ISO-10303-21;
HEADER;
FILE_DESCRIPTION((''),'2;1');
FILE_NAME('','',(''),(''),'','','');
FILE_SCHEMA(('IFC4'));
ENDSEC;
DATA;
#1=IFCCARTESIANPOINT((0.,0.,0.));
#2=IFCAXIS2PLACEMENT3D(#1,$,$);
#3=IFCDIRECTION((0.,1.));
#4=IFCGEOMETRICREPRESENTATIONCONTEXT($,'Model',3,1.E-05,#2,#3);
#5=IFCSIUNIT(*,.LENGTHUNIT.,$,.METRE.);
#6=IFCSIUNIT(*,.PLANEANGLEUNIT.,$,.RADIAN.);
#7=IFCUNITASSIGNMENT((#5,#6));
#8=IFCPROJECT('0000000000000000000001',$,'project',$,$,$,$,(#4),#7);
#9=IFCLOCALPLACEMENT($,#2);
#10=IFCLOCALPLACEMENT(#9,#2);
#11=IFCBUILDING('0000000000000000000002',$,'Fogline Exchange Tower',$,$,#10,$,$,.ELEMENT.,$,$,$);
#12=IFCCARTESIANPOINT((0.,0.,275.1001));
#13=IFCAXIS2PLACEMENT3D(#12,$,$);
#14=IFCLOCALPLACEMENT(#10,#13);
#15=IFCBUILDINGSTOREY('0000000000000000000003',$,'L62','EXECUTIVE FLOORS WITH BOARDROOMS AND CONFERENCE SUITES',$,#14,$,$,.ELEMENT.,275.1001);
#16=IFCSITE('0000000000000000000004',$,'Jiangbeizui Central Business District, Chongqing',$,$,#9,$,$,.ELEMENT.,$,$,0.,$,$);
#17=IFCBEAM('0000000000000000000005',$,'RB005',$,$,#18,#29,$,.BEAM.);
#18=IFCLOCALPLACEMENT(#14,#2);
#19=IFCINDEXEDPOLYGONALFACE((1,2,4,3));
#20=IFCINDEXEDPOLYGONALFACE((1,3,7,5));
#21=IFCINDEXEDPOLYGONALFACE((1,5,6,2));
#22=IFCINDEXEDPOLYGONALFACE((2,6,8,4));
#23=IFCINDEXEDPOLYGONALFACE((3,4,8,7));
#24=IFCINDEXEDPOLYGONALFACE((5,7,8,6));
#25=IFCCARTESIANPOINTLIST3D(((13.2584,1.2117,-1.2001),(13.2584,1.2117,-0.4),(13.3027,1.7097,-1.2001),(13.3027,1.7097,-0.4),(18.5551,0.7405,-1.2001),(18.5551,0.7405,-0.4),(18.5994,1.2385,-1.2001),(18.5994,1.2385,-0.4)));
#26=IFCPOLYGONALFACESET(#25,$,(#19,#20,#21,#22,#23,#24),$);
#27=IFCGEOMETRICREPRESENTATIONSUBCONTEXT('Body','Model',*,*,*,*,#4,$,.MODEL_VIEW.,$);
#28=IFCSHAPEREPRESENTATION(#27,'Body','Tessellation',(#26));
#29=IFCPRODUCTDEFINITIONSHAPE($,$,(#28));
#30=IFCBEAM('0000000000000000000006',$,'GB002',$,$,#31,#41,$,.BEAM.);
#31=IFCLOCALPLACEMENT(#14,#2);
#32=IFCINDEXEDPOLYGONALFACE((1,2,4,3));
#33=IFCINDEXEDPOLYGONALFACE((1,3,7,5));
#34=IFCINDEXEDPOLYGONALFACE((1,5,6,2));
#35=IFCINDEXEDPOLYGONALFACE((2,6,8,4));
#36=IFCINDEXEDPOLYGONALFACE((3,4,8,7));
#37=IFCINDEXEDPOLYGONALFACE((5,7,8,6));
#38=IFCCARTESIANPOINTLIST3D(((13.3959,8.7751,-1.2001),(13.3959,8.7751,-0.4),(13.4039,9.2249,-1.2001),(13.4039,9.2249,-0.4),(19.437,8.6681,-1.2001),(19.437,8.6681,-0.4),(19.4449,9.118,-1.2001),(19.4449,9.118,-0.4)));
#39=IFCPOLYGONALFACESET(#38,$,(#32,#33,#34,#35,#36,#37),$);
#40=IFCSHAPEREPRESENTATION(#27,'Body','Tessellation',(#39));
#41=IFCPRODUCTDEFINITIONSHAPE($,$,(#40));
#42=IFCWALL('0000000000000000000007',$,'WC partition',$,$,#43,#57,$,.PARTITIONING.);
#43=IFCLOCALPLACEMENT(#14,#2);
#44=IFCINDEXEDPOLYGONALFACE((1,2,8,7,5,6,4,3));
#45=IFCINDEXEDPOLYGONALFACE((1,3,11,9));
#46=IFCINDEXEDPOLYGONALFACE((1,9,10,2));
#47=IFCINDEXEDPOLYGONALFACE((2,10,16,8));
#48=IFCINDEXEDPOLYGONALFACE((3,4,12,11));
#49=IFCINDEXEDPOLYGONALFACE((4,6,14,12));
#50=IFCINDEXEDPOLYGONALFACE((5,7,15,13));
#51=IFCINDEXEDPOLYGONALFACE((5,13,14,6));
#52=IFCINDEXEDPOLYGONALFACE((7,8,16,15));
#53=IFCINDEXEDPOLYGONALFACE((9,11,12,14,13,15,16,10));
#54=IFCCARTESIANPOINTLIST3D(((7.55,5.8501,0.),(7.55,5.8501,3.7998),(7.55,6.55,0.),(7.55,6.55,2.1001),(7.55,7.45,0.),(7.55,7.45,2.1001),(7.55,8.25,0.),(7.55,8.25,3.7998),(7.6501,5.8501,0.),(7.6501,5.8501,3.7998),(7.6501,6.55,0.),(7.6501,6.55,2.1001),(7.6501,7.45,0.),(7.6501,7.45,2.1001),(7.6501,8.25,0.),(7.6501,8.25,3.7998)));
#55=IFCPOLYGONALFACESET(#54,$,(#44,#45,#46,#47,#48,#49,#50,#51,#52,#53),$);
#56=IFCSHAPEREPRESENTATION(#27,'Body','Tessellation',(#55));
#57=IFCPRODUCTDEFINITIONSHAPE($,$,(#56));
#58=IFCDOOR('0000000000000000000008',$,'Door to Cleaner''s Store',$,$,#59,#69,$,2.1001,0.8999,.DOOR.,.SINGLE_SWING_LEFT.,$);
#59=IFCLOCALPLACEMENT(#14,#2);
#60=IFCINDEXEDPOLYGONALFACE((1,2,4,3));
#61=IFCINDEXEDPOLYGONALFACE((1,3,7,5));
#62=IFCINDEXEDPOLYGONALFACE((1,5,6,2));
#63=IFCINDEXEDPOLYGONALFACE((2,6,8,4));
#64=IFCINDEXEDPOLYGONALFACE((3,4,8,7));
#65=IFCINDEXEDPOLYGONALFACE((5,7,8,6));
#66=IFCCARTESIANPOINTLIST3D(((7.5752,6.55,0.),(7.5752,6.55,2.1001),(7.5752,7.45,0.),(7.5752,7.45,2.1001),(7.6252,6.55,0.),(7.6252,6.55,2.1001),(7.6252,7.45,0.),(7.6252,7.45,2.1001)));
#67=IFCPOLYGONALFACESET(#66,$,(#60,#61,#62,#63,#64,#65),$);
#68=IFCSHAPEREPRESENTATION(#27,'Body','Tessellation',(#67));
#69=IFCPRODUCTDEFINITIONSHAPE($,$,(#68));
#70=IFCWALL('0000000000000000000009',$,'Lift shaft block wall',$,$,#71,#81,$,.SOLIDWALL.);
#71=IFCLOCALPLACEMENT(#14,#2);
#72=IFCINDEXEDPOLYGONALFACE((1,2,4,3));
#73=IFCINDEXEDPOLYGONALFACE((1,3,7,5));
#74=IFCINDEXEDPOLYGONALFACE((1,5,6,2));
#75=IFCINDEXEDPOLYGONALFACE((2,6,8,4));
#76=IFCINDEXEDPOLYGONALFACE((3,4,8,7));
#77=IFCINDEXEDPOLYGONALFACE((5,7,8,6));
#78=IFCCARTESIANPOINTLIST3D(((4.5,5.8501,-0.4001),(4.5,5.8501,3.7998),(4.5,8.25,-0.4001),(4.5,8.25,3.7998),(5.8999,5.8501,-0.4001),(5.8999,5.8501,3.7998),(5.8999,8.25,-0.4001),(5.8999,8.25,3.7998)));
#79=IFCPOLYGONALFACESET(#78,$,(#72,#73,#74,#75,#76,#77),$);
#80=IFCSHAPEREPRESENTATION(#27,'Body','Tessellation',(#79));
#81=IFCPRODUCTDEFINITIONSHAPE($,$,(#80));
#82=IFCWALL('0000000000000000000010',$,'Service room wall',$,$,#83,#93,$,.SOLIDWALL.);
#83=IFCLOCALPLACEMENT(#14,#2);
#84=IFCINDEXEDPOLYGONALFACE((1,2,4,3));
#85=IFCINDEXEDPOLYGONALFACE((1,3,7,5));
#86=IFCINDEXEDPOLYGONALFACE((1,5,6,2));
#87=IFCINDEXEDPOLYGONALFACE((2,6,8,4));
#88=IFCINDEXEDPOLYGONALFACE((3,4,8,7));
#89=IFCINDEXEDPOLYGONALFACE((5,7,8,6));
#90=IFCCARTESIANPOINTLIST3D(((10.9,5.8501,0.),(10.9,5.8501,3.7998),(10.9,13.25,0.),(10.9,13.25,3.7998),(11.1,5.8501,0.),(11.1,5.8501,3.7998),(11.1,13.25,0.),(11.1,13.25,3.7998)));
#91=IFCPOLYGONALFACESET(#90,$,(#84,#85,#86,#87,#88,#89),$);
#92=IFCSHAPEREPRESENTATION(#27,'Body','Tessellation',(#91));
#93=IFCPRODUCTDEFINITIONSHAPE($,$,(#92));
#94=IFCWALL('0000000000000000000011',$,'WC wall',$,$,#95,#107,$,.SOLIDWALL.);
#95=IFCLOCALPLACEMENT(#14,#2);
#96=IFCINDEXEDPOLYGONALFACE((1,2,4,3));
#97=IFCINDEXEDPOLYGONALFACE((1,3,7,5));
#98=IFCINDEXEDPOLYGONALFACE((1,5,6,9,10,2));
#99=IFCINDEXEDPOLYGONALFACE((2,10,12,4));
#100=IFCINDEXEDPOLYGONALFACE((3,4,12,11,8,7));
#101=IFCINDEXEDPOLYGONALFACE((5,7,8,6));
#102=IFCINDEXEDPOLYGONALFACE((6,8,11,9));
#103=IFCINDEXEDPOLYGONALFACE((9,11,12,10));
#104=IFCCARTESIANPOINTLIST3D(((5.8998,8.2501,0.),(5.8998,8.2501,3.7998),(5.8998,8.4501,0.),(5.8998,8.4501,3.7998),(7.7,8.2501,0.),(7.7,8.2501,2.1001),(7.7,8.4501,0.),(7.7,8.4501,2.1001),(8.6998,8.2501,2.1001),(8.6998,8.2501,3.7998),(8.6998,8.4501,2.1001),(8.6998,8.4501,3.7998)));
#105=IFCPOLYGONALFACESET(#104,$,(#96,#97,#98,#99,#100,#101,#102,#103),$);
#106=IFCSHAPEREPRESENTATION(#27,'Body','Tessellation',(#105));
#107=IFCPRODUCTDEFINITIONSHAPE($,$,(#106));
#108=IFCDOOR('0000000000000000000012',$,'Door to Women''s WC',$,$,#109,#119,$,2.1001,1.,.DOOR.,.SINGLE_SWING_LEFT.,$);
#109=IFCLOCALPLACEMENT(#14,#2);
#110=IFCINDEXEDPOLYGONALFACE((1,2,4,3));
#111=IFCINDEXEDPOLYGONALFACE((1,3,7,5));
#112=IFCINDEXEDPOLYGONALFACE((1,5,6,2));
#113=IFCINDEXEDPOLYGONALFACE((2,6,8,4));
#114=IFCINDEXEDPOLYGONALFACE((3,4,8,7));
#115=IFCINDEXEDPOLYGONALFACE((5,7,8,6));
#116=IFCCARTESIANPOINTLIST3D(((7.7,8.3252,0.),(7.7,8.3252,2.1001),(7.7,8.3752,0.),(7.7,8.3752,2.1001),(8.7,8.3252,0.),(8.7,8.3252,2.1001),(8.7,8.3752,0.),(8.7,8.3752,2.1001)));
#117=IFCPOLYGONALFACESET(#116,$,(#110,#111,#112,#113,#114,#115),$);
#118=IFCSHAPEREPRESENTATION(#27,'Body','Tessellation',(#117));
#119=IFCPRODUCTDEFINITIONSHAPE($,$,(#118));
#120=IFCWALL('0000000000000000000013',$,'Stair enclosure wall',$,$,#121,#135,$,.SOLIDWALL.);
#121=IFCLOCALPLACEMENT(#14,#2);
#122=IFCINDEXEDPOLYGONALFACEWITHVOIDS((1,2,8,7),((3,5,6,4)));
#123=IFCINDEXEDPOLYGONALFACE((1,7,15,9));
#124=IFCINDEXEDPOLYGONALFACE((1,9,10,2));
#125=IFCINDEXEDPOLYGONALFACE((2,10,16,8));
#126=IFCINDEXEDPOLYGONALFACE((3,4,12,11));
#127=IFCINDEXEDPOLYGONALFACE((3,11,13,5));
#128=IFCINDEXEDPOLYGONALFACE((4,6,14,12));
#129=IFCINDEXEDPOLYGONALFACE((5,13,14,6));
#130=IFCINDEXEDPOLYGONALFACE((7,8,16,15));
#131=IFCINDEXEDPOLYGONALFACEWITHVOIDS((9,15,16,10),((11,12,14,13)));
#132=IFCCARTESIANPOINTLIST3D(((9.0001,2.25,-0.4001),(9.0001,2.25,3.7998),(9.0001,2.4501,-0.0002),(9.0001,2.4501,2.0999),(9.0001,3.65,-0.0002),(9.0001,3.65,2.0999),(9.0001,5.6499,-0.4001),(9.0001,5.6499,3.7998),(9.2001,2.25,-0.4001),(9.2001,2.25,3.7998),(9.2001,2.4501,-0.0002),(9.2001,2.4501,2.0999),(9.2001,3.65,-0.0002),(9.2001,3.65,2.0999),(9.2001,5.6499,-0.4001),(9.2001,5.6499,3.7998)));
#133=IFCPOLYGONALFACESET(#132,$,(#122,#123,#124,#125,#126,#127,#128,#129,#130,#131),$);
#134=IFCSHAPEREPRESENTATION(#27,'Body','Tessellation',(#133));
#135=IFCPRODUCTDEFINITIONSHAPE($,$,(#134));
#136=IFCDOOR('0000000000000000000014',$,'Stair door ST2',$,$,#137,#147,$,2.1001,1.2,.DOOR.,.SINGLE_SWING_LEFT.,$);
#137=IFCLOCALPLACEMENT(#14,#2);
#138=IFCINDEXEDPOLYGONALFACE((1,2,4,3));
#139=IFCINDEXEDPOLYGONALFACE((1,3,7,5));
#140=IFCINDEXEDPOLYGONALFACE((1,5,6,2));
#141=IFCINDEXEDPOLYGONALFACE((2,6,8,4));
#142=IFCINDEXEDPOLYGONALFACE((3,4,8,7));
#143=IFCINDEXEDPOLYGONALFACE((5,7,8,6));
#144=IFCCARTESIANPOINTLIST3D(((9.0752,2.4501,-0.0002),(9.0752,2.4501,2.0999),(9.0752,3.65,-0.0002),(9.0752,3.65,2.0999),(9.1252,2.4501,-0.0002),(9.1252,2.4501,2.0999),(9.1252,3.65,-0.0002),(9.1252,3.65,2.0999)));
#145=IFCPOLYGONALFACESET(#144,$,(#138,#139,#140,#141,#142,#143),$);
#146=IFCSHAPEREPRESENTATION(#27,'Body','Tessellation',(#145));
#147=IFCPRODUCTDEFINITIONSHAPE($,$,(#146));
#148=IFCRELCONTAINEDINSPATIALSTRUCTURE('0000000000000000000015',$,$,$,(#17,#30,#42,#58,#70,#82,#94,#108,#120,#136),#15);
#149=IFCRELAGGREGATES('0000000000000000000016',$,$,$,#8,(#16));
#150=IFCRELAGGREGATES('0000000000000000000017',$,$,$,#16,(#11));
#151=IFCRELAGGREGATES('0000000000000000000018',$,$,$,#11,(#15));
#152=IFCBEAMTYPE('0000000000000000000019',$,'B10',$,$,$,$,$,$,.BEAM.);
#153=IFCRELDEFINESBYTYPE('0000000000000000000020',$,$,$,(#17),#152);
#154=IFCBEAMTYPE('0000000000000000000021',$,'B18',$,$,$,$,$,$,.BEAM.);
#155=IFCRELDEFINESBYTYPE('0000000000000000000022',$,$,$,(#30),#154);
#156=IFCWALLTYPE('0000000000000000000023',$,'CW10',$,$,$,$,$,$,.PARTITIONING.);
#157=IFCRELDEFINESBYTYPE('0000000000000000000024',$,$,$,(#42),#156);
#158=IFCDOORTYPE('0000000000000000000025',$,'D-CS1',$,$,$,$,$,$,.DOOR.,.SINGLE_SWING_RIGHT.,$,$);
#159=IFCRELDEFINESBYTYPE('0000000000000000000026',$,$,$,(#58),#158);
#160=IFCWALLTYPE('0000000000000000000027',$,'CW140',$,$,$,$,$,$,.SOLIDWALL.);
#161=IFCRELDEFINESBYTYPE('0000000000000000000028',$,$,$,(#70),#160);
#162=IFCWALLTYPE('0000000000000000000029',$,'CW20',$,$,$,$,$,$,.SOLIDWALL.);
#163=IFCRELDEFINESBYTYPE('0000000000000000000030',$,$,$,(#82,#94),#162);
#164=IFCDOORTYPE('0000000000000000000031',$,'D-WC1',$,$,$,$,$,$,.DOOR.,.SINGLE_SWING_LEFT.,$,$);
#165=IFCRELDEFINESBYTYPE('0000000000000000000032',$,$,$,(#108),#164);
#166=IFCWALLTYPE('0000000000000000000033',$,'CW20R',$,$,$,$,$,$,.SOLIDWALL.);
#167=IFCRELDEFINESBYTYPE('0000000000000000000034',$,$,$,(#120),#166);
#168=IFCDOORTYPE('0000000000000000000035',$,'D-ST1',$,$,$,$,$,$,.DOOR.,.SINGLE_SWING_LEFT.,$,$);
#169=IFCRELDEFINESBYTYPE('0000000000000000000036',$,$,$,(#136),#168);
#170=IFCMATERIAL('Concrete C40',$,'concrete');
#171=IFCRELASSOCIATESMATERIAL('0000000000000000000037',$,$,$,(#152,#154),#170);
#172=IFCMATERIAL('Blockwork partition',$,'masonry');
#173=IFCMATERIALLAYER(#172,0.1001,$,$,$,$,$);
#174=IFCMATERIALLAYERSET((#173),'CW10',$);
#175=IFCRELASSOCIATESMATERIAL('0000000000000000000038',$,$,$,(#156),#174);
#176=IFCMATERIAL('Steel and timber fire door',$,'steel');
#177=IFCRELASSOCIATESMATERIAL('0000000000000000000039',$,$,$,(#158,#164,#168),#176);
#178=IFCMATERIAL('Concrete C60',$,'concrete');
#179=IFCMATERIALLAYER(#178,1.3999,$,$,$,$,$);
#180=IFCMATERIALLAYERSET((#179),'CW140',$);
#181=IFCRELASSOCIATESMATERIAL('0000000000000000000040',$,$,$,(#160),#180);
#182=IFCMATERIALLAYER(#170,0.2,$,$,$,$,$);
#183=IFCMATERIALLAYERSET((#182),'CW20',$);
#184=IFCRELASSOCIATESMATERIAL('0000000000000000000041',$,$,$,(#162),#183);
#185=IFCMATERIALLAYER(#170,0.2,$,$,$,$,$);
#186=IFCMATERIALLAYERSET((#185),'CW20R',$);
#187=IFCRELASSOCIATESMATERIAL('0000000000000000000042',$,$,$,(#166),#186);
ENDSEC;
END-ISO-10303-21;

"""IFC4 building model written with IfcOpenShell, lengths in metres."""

from ifc_helpers import new_model, si_unit, direction, frame, frame_2d, origin, origin_2d, place, context, subcontext, project, spatial, rectangle, extrude, material, layer, layer_set, material_profile, profile_set, type_object, element, fill, save


model = new_model("IFC4")

# Units and contexts
model_context = context("Model", 3, precision=1e-05, world=origin(), true_north=direction((0.0, 1.0)))
body_context = subcontext(model_context, "Body", "Model", "MODEL_VIEW")
ifc_project = project(units=[si_unit("LENGTHUNIT", "METRE"), si_unit("PLANEANGLEUNIT", "RADIAN")], contexts=[model_context])

# Site, building, storey
site_placement = place(None, origin())
site = spatial("IfcSite", under=ifc_project, at=site_placement, Name="Jiangbeizui Central Business District, Chongqing", CompositionType="ELEMENT", RefElevation=0.0)
building_placement = place(site_placement, origin())
building = spatial("IfcBuilding", under=site, at=building_placement, Name="Fogline Exchange Tower", CompositionType="ELEMENT")
storey_placement = place(building_placement, frame((0.0, 0.0, 275.1001)))
storey = spatial("IfcBuildingStorey", under=building, at=storey_placement, Name="L62", Description="EXECUTIVE FLOORS WITH BOARDROOMS AND CONFERENCE SUITES", CompositionType="ELEMENT", Elevation=275.1001)

# Beams
ifc_material_1 = material(Name="Concrete C40", Category="concrete")
ifc_material_profile_1 = material_profile(ifc_material_1, rectangle(XDim=0.5, YDim=0.8, at=origin_2d()), Name="RC 500x800")
ifc_profile_set_1 = profile_set([ifc_material_profile_1], Name="Concrete C40")
beam_type_1 = type_object("IfcBeamType", Name="B10", PredefinedType="BEAM", material=ifc_profile_set_1)
beam_1_placement = place(storey_placement, frame((13.2805, 1.4607, -0.8), z_axis=(0.996066, -0.088611, 0.0), x_axis=(0.088611, 0.996066, 0.0)))
element("IfcBeam", 1, at=beam_1_placement, inside=storey, type_object=beam_type_1, Name="RB005", PredefinedType="BEAM", context=body_context, shape_type="SweptSolid", body=[
    extrude(rectangle(XDim=0.5, YDim=0.8, at=origin_2d()), origin(), (0.0, 0.0, 1.0), 5.3176),
])
ifc_material_profile_2 = material_profile(ifc_material_1, rectangle(XDim=0.45, YDim=0.8, at=origin_2d()), Name="RC 450x800")
ifc_profile_set_2 = profile_set([ifc_material_profile_2], Name="Concrete C40")
beam_type_2 = type_object("IfcBeamType", Name="B18", PredefinedType="BEAM", material=ifc_profile_set_2)
beam_2_placement = place(storey_placement, frame((13.3999, 9.0, -0.8), z_axis=(0.999843, -0.017698, 0.0), x_axis=(0.017698, 0.999843, 0.0)))
element("IfcBeam", 2, at=beam_2_placement, inside=storey, type_object=beam_type_2, Name="GB002", PredefinedType="BEAM", context=body_context, shape_type="SweptSolid", body=[
    extrude(rectangle(XDim=0.45, YDim=0.8, at=origin_2d()), origin(), (0.0, 0.0, 1.0), 6.042),
])

# Wall, opening, door
ifc_material_2 = material(Name="Blockwork partition", Category="masonry")
ifc_layer_1 = layer(ifc_material_2, 0.1001)
ifc_layer_set_1 = layer_set([ifc_layer_1], Name="CW10")
wall_type_1 = type_object("IfcWallType", Name="CW10", PredefinedType="PARTITIONING", material=ifc_layer_set_1)
wall_1_placement = place(storey_placement, frame((7.6001, 5.8501, 0.0), z_axis=(0.0, 0.0, 1.0), x_axis=(0.0, 1.0, 0.0)))
wall_1 = element("IfcWall", 3, at=wall_1_placement, inside=storey, type_object=wall_type_1, Name="WC partition", PredefinedType="PARTITIONING", context=body_context, shape_type="SweptSolid", body=[
    extrude(rectangle(XDim=2.3999, YDim=0.1001, at=frame_2d((1.2, 0.0))), origin(), (0.0, 0.0, 1.0), 3.7998),
])
opening_1_placement = place(wall_1_placement, frame((0.7, 0.0, 0.0)))
opening_1 = element("IfcOpeningElement", 4, at=opening_1_placement, cuts=wall_1, PredefinedType="OPENING", context=body_context, shape_type="SweptSolid", body=[
    extrude(rectangle(XDim=0.8999, YDim=2.1001, at=frame_2d((0.45, 1.05))), frame((0.0, 0.0601, 0.0), z_axis=(0.0, -1.0, 0.0), x_axis=(1.0, 0.0, 0.0)), (0.0, 0.0, 1.0), 0.1201),
])
ifc_material_3 = material(Name="Steel and timber fire door", Category="steel")
door_type_1 = type_object("IfcDoorType", Name="D-CS1", OperationType="SINGLE_SWING_RIGHT", PredefinedType="DOOR", material=ifc_material_3)
door_1_placement = place(opening_1_placement, origin())
door_1 = element("IfcDoor", 5, at=door_1_placement, inside=storey, type_object=door_type_1, Name="Door to Cleaner's Store", OperationType="SINGLE_SWING_LEFT", OverallHeight=2.1001, OverallWidth=0.8999, PredefinedType="DOOR", context=body_context, shape_type="SweptSolid", body=[
    extrude(rectangle(XDim=0.8999, YDim=2.1001, at=frame_2d((0.45, 1.05))), frame((0.0, 0.0249, 0.0), z_axis=(0.0, -1.0, 0.0), x_axis=(1.0, 0.0, 0.0)), (0.0, 0.0, 1.0), 0.05),
])
fill(opening_1, door_1)

# Walls
ifc_material_4 = material(Name="Concrete C60", Category="concrete")
ifc_layer_2 = layer(ifc_material_4, 1.3999)
ifc_layer_set_2 = layer_set([ifc_layer_2], Name="CW140")
wall_type_2 = type_object("IfcWallType", Name="CW140", PredefinedType="SOLIDWALL", material=ifc_layer_set_2)
wall_2_placement = place(storey_placement, frame((5.2, 5.8501, -0.4001), z_axis=(0.0, 0.0, 1.0), x_axis=(0.0, 1.0, 0.0)))
element("IfcWall", 6, at=wall_2_placement, inside=storey, type_object=wall_type_2, Name="Lift shaft block wall", PredefinedType="SOLIDWALL", context=body_context, shape_type="SweptSolid", body=[
    extrude(rectangle(XDim=2.3999, YDim=1.3999, at=frame_2d((1.2, 0.0))), origin(), (0.0, 0.0, 1.0), 4.2),
])
ifc_layer_3 = layer(ifc_material_1, 0.2)
ifc_layer_set_3 = layer_set([ifc_layer_3], Name="CW20")
wall_type_3 = type_object("IfcWallType", Name="CW20", PredefinedType="SOLIDWALL", material=ifc_layer_set_3)
wall_3_placement = place(storey_placement, frame((11.0, 5.8501, 0.0), z_axis=(0.0, 0.0, 1.0), x_axis=(0.0, 1.0, 0.0)))
element("IfcWall", 7, at=wall_3_placement, inside=storey, type_object=wall_type_3, Name="Service room wall", PredefinedType="SOLIDWALL", context=body_context, shape_type="SweptSolid", body=[
    extrude(rectangle(XDim=7.3999, YDim=0.2, at=frame_2d((3.7, 0.0))), origin(), (0.0, 0.0, 1.0), 3.7998),
])

# Walls, openings, doors
wall_4_placement = place(storey_placement, frame((5.8999, 8.3501, 0.0), z_axis=(0.0, 0.0, 1.0), x_axis=(1.0, 0.0, 0.0)))
wall_4 = element("IfcWall", 8, at=wall_4_placement, inside=storey, type_object=wall_type_3, Name="WC wall", PredefinedType="SOLIDWALL", context=body_context, shape_type="SweptSolid", body=[
    extrude(rectangle(XDim=2.8, YDim=0.2, at=frame_2d((1.3999, 0.0))), origin(), (0.0, 0.0, 1.0), 3.7998),
])
opening_2_placement = place(wall_4_placement, frame((1.8, 0.0, 0.0)))
opening_2 = element("IfcOpeningElement", 9, at=opening_2_placement, cuts=wall_4, PredefinedType="OPENING", context=body_context, shape_type="SweptSolid", body=[
    extrude(rectangle(XDim=1.0, YDim=2.1001, at=frame_2d((0.5, 1.05))), frame((0.0, 0.1099, 0.0), z_axis=(0.0, -1.0, 0.0), x_axis=(1.0, 0.0, 0.0)), (0.0, 0.0, 1.0), 0.22),
])
door_type_2 = type_object("IfcDoorType", Name="D-WC1", OperationType="SINGLE_SWING_LEFT", PredefinedType="DOOR", material=ifc_material_3)
door_2_placement = place(opening_2_placement, frame((1.0, 0.0, 0.0), z_axis=(0.0, 0.0, 1.0), x_axis=(-1.0, 0.0, 0.0)))
door_2 = element("IfcDoor", 10, at=door_2_placement, inside=storey, type_object=door_type_2, Name="Door to Women's WC", OperationType="SINGLE_SWING_LEFT", OverallHeight=2.1001, OverallWidth=1.0, PredefinedType="DOOR", context=body_context, shape_type="SweptSolid", body=[
    extrude(rectangle(XDim=1.0, YDim=2.1001, at=frame_2d((0.5, 1.05))), frame((0.0, 0.0249, 0.0), z_axis=(0.0, -1.0, 0.0), x_axis=(1.0, 0.0, 0.0)), (0.0, 0.0, 1.0), 0.05),
])
fill(opening_2, door_2)
ifc_layer_4 = layer(ifc_material_1, 0.2)
ifc_layer_set_4 = layer_set([ifc_layer_4], Name="CW20R")
wall_type_4 = type_object("IfcWallType", Name="CW20R", PredefinedType="SOLIDWALL", material=ifc_layer_set_4)
wall_5_placement = place(storey_placement, frame((9.1001, 2.25, -0.4001), z_axis=(0.0, 0.0, 1.0), x_axis=(0.0, 1.0, 0.0)))
wall_5 = element("IfcWall", 11, at=wall_5_placement, inside=storey, type_object=wall_type_4, Name="Stair enclosure wall", PredefinedType="SOLIDWALL", context=body_context, shape_type="SweptSolid", body=[
    extrude(rectangle(XDim=3.3999, YDim=0.2, at=frame_2d((1.7, 0.0))), origin(), (0.0, 0.0, 1.0), 4.2),
])
opening_3_placement = place(wall_5_placement, frame((0.2, 0.0, 0.3999)))
opening_3 = element("IfcOpeningElement", 12, at=opening_3_placement, cuts=wall_5, PredefinedType="OPENING", context=body_context, shape_type="SweptSolid", body=[
    extrude(rectangle(XDim=1.2, YDim=2.1001, at=frame_2d((0.6001, 1.05))), frame((0.0, 0.1099, 0.0), z_axis=(0.0, -1.0, 0.0), x_axis=(1.0, 0.0, 0.0)), (0.0, 0.0, 1.0), 0.22),
])
door_type_3 = type_object("IfcDoorType", Name="D-ST1", OperationType="SINGLE_SWING_LEFT", PredefinedType="DOOR", material=ifc_material_3)
door_3_placement = place(opening_3_placement, origin())
door_3 = element("IfcDoor", 13, at=door_3_placement, inside=storey, type_object=door_type_3, Name="Stair door ST2", OperationType="SINGLE_SWING_LEFT", OverallHeight=2.1001, OverallWidth=1.2, PredefinedType="DOOR", context=body_context, shape_type="SweptSolid", body=[
    extrude(rectangle(XDim=1.2, YDim=2.1001, at=frame_2d((0.6001, 1.05))), frame((0.0, 0.0249, 0.0), z_axis=(0.0, -1.0, 0.0), x_axis=(1.0, 0.0, 0.0)), (0.0, 0.0, 1.0), 0.05),
])
fill(opening_3, door_3)

save(model, "model.ifc")
